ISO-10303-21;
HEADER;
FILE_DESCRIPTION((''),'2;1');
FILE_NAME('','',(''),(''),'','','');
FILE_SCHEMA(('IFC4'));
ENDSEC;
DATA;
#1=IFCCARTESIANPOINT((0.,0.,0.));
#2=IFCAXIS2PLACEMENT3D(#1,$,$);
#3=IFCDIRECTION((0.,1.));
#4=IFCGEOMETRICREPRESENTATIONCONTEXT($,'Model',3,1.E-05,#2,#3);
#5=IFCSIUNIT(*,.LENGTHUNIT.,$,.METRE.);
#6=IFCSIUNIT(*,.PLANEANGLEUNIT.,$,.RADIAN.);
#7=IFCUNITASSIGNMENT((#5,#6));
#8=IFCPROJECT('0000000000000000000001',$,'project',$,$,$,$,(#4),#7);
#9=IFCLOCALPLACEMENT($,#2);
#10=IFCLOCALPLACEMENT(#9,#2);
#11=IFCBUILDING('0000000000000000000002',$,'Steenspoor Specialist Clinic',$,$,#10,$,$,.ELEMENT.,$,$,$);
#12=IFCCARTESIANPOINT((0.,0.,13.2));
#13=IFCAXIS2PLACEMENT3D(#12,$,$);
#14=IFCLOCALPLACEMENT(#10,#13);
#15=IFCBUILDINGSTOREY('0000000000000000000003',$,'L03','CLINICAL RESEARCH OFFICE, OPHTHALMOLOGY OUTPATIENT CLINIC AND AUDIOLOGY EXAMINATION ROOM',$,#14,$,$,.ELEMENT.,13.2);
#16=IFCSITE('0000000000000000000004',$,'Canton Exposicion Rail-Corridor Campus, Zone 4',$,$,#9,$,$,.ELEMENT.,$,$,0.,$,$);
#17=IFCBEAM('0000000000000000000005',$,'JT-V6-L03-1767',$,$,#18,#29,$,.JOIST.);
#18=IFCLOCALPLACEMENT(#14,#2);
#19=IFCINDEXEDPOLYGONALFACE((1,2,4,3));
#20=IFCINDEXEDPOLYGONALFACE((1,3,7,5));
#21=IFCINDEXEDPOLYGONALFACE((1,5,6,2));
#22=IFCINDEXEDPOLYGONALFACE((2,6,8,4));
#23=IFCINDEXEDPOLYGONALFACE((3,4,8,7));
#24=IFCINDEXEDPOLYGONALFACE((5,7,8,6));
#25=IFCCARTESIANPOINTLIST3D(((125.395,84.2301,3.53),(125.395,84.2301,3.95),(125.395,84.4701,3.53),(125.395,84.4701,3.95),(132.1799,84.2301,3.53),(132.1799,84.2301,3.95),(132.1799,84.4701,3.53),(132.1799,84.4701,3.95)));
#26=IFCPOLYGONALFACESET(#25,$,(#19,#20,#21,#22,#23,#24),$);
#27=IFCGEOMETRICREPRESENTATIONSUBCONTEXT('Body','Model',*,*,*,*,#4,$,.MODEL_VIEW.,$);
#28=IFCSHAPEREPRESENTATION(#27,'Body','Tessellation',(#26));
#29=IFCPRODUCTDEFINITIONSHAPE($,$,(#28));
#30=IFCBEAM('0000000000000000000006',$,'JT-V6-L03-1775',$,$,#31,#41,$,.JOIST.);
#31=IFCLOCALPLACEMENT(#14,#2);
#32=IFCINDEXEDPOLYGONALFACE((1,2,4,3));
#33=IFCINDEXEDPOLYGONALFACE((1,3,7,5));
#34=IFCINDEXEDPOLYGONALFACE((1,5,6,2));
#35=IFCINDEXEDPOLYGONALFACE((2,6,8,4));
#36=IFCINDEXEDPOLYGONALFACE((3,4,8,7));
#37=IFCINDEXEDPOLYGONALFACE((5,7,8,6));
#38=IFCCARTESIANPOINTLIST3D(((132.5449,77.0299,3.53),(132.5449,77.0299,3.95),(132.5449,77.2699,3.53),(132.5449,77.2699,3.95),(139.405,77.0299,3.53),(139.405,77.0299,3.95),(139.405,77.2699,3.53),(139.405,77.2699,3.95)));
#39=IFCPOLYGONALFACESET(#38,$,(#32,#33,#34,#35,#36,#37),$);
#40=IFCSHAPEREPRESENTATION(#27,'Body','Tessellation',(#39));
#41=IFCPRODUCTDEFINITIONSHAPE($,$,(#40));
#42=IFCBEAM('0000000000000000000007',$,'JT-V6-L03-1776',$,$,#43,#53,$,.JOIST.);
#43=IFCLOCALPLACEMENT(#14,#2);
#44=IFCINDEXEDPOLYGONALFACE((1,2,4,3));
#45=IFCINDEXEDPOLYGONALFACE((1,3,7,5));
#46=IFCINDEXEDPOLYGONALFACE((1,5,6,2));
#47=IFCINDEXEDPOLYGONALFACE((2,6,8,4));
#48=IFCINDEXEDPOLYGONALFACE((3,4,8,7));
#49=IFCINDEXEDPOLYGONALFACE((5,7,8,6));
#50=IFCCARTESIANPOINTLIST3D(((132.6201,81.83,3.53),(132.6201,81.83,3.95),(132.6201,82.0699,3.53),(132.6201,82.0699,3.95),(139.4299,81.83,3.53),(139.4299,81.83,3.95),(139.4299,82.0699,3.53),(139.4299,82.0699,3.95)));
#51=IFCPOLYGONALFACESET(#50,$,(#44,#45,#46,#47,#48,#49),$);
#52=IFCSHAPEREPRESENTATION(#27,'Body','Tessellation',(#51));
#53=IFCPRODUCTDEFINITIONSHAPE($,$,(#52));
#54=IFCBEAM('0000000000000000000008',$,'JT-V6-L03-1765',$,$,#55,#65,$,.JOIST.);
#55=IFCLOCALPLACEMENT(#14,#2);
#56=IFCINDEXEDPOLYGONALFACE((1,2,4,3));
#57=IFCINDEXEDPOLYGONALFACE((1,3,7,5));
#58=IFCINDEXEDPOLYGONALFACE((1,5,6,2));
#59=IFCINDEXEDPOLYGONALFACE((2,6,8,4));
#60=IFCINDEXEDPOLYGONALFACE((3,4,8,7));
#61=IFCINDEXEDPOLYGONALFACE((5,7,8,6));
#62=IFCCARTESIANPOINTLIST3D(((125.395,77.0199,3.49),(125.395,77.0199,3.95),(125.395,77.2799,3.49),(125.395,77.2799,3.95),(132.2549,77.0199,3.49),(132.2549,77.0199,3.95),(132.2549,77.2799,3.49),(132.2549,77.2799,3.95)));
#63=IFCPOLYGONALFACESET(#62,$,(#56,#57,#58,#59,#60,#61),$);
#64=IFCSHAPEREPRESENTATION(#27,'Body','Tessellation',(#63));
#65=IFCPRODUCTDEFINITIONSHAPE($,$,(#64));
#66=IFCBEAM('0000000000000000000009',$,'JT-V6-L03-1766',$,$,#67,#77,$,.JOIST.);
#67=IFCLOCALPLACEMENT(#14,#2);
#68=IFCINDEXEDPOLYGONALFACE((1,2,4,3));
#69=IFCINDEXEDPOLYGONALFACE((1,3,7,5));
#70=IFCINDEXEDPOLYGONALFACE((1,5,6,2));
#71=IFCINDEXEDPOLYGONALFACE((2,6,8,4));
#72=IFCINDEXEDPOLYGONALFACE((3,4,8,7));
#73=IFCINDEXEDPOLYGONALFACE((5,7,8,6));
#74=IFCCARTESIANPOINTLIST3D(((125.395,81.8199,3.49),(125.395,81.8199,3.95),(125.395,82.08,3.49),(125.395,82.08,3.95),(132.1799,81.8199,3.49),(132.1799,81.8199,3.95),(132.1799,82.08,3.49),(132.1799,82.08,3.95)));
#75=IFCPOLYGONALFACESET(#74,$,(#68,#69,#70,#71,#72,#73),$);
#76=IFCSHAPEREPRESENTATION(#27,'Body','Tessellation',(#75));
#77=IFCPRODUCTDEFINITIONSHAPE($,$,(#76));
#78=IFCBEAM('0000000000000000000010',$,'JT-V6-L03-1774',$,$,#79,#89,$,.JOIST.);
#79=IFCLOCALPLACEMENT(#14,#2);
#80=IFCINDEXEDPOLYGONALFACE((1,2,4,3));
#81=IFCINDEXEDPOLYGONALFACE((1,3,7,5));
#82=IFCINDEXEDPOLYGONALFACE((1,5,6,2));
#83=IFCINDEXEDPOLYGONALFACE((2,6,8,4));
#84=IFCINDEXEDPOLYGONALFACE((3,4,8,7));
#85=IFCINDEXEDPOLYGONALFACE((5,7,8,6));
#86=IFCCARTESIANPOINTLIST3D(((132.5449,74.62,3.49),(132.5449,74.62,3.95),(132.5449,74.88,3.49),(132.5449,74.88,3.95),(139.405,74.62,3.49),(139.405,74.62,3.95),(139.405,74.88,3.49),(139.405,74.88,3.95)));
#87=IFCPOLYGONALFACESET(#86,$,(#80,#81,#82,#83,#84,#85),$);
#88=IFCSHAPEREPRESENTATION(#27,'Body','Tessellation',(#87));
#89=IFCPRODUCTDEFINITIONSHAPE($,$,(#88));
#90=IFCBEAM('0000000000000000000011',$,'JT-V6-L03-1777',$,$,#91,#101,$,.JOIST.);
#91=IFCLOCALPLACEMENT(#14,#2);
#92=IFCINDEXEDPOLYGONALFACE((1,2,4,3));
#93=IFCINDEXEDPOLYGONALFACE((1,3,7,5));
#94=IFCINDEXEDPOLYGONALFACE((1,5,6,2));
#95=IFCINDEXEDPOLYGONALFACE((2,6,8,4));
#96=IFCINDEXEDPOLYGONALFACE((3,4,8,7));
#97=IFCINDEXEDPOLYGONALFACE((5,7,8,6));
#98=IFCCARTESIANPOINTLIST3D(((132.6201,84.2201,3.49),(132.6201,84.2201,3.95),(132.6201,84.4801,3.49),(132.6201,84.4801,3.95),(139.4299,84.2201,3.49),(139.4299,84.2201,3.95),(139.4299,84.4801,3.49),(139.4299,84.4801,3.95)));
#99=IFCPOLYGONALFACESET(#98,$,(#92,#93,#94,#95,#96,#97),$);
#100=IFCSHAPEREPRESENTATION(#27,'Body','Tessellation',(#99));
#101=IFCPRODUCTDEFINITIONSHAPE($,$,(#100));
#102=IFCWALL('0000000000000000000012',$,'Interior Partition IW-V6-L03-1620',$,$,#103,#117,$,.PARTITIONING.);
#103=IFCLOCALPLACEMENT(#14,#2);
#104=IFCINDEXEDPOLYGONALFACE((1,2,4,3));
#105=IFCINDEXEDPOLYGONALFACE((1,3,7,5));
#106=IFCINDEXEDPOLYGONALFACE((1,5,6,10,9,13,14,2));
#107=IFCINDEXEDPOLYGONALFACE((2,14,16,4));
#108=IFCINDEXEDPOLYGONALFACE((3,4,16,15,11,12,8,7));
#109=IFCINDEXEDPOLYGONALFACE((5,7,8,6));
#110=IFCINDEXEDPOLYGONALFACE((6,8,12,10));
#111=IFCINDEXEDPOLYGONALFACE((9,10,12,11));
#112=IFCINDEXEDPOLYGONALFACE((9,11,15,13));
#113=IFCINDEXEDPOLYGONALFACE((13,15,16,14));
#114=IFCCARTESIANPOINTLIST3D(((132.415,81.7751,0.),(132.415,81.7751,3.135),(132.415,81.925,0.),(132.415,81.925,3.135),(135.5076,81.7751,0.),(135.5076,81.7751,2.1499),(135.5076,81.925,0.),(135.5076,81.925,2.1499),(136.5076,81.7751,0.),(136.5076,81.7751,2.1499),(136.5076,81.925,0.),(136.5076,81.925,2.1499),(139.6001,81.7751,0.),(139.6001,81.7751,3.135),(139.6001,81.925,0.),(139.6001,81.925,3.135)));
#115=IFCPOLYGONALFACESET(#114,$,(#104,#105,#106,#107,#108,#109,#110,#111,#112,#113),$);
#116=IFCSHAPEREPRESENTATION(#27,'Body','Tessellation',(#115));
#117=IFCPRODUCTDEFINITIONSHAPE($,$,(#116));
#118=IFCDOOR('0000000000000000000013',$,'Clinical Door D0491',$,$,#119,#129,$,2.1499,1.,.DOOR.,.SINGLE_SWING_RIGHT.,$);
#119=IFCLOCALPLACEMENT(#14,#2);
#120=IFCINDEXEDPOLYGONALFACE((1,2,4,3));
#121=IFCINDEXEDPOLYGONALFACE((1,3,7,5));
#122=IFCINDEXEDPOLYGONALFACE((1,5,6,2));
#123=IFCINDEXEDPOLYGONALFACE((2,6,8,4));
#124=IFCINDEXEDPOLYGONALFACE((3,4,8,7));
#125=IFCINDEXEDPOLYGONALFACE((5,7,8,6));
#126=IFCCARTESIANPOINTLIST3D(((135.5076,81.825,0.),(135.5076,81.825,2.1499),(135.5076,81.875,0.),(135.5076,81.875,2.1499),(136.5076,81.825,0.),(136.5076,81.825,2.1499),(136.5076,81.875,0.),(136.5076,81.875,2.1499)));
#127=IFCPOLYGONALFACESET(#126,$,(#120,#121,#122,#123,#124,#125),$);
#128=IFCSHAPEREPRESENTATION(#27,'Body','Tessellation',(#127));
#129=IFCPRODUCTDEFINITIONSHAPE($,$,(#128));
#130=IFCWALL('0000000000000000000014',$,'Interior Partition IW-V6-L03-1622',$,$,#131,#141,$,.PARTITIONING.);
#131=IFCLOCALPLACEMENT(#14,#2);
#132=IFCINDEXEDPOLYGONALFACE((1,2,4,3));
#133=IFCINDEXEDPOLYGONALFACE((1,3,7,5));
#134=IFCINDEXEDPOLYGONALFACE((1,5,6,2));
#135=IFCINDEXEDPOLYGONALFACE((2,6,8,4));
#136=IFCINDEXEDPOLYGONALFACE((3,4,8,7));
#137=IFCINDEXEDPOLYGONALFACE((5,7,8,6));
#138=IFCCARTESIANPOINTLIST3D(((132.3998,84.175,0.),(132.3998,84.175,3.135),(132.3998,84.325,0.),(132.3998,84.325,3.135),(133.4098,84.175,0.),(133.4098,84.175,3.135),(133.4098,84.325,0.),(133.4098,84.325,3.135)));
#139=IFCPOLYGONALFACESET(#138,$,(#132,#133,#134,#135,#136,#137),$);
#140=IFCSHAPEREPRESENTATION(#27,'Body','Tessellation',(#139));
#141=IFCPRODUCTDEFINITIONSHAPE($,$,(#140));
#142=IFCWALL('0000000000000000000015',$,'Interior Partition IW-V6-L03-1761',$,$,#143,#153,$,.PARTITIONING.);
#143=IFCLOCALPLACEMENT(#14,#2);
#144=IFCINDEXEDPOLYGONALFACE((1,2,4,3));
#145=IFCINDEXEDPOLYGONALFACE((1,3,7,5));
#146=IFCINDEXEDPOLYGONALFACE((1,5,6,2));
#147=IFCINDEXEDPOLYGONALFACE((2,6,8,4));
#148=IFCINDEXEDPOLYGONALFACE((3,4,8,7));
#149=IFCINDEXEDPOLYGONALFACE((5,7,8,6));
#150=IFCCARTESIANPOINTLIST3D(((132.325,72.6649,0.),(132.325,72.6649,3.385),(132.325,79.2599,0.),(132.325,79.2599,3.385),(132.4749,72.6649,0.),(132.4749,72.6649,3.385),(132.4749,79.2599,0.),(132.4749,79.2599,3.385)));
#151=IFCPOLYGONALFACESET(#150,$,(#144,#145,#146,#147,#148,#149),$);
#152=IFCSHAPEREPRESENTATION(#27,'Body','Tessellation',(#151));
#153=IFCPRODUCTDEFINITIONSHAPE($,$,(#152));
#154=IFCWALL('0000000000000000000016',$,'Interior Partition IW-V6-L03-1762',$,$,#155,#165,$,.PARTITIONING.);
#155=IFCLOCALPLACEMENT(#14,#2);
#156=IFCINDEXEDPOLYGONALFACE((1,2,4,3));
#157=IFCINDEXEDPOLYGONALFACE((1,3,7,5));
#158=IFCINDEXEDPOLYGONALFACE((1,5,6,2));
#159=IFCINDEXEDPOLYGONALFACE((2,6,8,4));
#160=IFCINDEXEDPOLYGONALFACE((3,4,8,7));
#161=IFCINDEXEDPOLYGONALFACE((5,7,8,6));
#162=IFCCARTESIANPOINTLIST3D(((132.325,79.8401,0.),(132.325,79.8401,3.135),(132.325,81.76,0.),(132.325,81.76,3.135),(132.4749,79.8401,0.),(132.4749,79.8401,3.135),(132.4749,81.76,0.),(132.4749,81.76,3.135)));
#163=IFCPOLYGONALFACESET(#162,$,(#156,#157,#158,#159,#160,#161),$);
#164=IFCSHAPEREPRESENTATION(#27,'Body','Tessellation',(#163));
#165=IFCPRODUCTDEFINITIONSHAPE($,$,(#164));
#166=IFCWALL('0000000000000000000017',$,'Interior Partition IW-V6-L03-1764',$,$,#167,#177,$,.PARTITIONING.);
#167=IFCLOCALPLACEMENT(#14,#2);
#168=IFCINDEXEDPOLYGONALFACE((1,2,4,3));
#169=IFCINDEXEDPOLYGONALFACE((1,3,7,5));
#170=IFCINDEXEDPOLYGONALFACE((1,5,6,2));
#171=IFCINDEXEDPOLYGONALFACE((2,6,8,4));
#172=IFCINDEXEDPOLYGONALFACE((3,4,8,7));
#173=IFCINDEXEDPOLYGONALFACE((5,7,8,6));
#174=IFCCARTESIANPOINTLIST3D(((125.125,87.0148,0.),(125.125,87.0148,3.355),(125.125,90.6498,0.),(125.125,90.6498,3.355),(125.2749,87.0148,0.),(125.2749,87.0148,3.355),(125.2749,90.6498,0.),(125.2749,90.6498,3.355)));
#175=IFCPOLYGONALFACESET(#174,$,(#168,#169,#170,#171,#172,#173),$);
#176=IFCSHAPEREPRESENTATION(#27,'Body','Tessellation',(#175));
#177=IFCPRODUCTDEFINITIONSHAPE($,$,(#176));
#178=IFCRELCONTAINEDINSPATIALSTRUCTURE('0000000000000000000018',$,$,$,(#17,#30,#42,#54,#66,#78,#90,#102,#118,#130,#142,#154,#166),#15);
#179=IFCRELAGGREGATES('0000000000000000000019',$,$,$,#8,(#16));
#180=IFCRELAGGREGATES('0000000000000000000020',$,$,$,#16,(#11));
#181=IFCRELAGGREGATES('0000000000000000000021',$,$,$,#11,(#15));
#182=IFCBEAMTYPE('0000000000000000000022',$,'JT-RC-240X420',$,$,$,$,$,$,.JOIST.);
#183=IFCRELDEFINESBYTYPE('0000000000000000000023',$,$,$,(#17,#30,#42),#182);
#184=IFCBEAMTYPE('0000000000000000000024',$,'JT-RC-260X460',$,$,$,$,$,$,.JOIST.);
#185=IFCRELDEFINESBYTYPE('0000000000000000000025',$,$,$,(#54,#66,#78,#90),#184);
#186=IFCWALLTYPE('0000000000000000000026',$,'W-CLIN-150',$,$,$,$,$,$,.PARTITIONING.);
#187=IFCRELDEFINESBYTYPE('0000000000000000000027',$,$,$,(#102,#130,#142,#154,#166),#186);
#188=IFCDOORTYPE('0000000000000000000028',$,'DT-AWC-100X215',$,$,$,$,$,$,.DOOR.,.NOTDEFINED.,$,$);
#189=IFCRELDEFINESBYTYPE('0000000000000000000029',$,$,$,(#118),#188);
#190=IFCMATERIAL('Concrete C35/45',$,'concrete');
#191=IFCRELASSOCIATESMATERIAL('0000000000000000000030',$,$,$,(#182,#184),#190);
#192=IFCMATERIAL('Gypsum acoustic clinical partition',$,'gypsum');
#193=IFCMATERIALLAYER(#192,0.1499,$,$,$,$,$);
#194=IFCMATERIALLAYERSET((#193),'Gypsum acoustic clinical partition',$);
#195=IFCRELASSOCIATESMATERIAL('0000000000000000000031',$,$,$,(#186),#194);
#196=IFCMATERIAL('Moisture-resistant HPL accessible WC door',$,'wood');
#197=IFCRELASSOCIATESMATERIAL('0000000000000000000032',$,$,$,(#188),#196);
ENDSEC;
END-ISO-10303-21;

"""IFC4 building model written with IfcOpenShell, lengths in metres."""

from ifc_helpers import new_model, si_unit, direction, frame, frame_2d, origin, origin_2d, place, context, subcontext, project, spatial, rectangle, extrude, material, layer, layer_set, material_profile, profile_set, type_object, element, fill, save


model = new_model("IFC4")

# Units and contexts
model_context = context("Model", 3, precision=1e-05, world=origin(), true_north=direction((0.0, 1.0)))
body_context = subcontext(model_context, "Body", "Model", "MODEL_VIEW")
ifc_project = project(units=[si_unit("LENGTHUNIT", "METRE"), si_unit("PLANEANGLEUNIT", "RADIAN")], contexts=[model_context])

# Site, building, storey
site_placement = place(None, origin())
site = spatial("IfcSite", under=ifc_project, at=site_placement, Name="Canton Exposicion Rail-Corridor Campus, Zone 4", CompositionType="ELEMENT", RefElevation=0.0)
building_placement = place(site_placement, origin())
building = spatial("IfcBuilding", under=site, at=building_placement, Name="Steenspoor Specialist Clinic", CompositionType="ELEMENT")
storey_placement = place(building_placement, frame((0.0, 0.0, 13.2)))
storey = spatial("IfcBuildingStorey", under=building, at=storey_placement, Name="L03", Description="CLINICAL RESEARCH OFFICE, OPHTHALMOLOGY OUTPATIENT CLINIC AND AUDIOLOGY EXAMINATION ROOM", CompositionType="ELEMENT", Elevation=13.2)

# Beams
ifc_material_1 = material(Name="Concrete C35/45", Category="concrete")
ifc_material_profile_1 = material_profile(ifc_material_1, rectangle(XDim=0.24, YDim=0.4199, at=origin_2d()), Name="RC-JT-240X420")
ifc_profile_set_1 = profile_set([ifc_material_profile_1], Name="Concrete C35/45")
beam_type_1 = type_object("IfcBeamType", Name="JT-RC-240X420", PredefinedType="JOIST", material=ifc_profile_set_1)
beam_1_placement = place(storey_placement, frame((125.395, 84.3501, 3.74), z_axis=(1.0, 0.0, 0.0), x_axis=(0.0, 1.0, 0.0)))
element("IfcBeam", 1, at=beam_1_placement, inside=storey, type_object=beam_type_1, Name="JT-V6-L03-1767", PredefinedType="JOIST", context=body_context, shape_type="SweptSolid", body=[
    extrude(rectangle(XDim=0.24, YDim=0.4199, at=origin_2d()), origin(), (0.0, 0.0, 1.0), 6.7849),
])
beam_2_placement = place(storey_placement, frame((132.5449, 77.1499, 3.74), z_axis=(1.0, 0.0, 0.0), x_axis=(0.0, 1.0, 0.0)))
element("IfcBeam", 2, at=beam_2_placement, inside=storey, type_object=beam_type_1, Name="JT-V6-L03-1775", PredefinedType="JOIST", context=body_context, shape_type="SweptSolid", body=[
    extrude(rectangle(XDim=0.24, YDim=0.4199, at=origin_2d()), origin(), (0.0, 0.0, 1.0), 6.8601),
])
beam_3_placement = place(storey_placement, frame((132.6201, 81.95, 3.74), z_axis=(1.0, 0.0, 0.0), x_axis=(0.0, 1.0, 0.0)))
element("IfcBeam", 3, at=beam_3_placement, inside=storey, type_object=beam_type_1, Name="JT-V6-L03-1776", PredefinedType="JOIST", context=body_context, shape_type="SweptSolid", body=[
    extrude(rectangle(XDim=0.24, YDim=0.4199, at=origin_2d()), origin(), (0.0, 0.0, 1.0), 6.8098),
])
ifc_material_profile_2 = material_profile(ifc_material_1, rectangle(XDim=0.26, YDim=0.46, at=origin_2d()), Name="RC-JT-260X460")
ifc_profile_set_2 = profile_set([ifc_material_profile_2], Name="Concrete C35/45")
beam_type_2 = type_object("IfcBeamType", Name="JT-RC-260X460", PredefinedType="JOIST", material=ifc_profile_set_2)
beam_4_placement = place(storey_placement, frame((125.395, 77.1499, 3.72), z_axis=(1.0, 0.0, 0.0), x_axis=(0.0, 1.0, 0.0)))
element("IfcBeam", 4, at=beam_4_placement, inside=storey, type_object=beam_type_2, Name="JT-V6-L03-1765", PredefinedType="JOIST", context=body_context, shape_type="SweptSolid", body=[
    extrude(rectangle(XDim=0.26, YDim=0.46, at=origin_2d()), origin(), (0.0, 0.0, 1.0), 6.8599),
])
beam_5_placement = place(storey_placement, frame((125.395, 81.95, 3.72), z_axis=(1.0, 0.0, 0.0), x_axis=(0.0, 1.0, 0.0)))
element("IfcBeam", 5, at=beam_5_placement, inside=storey, type_object=beam_type_2, Name="JT-V6-L03-1766", PredefinedType="JOIST", context=body_context, shape_type="SweptSolid", body=[
    extrude(rectangle(XDim=0.26, YDim=0.46, at=origin_2d()), origin(), (0.0, 0.0, 1.0), 6.7849),
])
beam_6_placement = place(storey_placement, frame((132.5449, 74.75, 3.72), z_axis=(1.0, 0.0, 0.0), x_axis=(0.0, 1.0, 0.0)))
element("IfcBeam", 6, at=beam_6_placement, inside=storey, type_object=beam_type_2, Name="JT-V6-L03-1774", PredefinedType="JOIST", context=body_context, shape_type="SweptSolid", body=[
    extrude(rectangle(XDim=0.26, YDim=0.46, at=origin_2d()), origin(), (0.0, 0.0, 1.0), 6.8601),
])
beam_7_placement = place(storey_placement, frame((132.6201, 84.3501, 3.72), z_axis=(1.0, 0.0, 0.0), x_axis=(0.0, 1.0, 0.0)))
element("IfcBeam", 7, at=beam_7_placement, inside=storey, type_object=beam_type_2, Name="JT-V6-L03-1777", PredefinedType="JOIST", context=body_context, shape_type="SweptSolid", body=[
    extrude(rectangle(XDim=0.26, YDim=0.46, at=origin_2d()), origin(), (0.0, 0.0, 1.0), 6.8098),
])

# Wall, opening, door
ifc_material_2 = material(Name="Gypsum acoustic clinical partition", Category="gypsum")
ifc_layer_1 = layer(ifc_material_2, 0.1499)
ifc_layer_set_1 = layer_set([ifc_layer_1], Name="Gypsum acoustic clinical partition")
wall_type_1 = type_object("IfcWallType", Name="W-CLIN-150", PredefinedType="PARTITIONING", material=ifc_layer_set_1)
wall_1_placement = place(storey_placement, frame((132.415, 81.8501, 0.0), z_axis=(0.0, 0.0, 1.0), x_axis=(1.0, 0.0, 0.0)))
wall_1 = element("IfcWall", 8, at=wall_1_placement, inside=storey, type_object=wall_type_1, Name="Interior Partition IW-V6-L03-1620", PredefinedType="PARTITIONING", context=body_context, shape_type="SweptSolid", body=[
    extrude(rectangle(XDim=7.1851, YDim=0.1499, at=frame_2d((3.5925, 0.0))), origin(), (0.0, 0.0, 1.0), 3.135),
])
opening_1_placement = place(wall_1_placement, frame((3.0925, 0.0, 0.0)))
opening_1 = element("IfcOpeningElement", 9, at=opening_1_placement, cuts=wall_1, PredefinedType="OPENING", context=body_context, shape_type="SweptSolid", body=[
    extrude(rectangle(XDim=1.0, YDim=2.1499, at=frame_2d((0.5, 1.075))), frame((0.0, 0.085, 0.0), z_axis=(0.0, -1.0, 0.0), x_axis=(1.0, 0.0, 0.0)), (0.0, 0.0, 1.0), 0.1699),
])
ifc_material_3 = material(Name="Moisture-resistant HPL accessible WC door", Category="wood")
door_type_1 = type_object("IfcDoorType", Name="DT-AWC-100X215", OperationType="NOTDEFINED", PredefinedType="DOOR", material=ifc_material_3)
door_1_placement = place(opening_1_placement, origin())
door_1 = element("IfcDoor", 10, at=door_1_placement, inside=storey, type_object=door_type_1, Name="Clinical Door D0491", OperationType="SINGLE_SWING_RIGHT", OverallHeight=2.1499, OverallWidth=1.0, PredefinedType="DOOR", context=body_context, shape_type="SweptSolid", body=[
    extrude(rectangle(XDim=1.0, YDim=2.1499, at=frame_2d((0.5, 1.075))), frame((0.0, 0.0249, 0.0), z_axis=(0.0, -1.0, 0.0), x_axis=(1.0, 0.0, 0.0)), (0.0, 0.0, 1.0), 0.05),
])
fill(opening_1, door_1)

# Walls
wall_2_placement = place(storey_placement, frame((132.3999, 84.25, 0.0), z_axis=(0.0, 0.0, 1.0), x_axis=(1.0, 0.0, 0.0)))
element("IfcWall", 11, at=wall_2_placement, inside=storey, type_object=wall_type_1, Name="Interior Partition IW-V6-L03-1622", PredefinedType="PARTITIONING", context=body_context, shape_type="SweptSolid", body=[
    extrude(rectangle(XDim=1.01, YDim=0.1499, at=frame_2d((0.5049, 0.0))), origin(), (0.0, 0.0, 1.0), 3.135),
])
wall_3_placement = place(storey_placement, frame((132.3999, 72.665, 0.0), z_axis=(0.0, 0.0, 1.0), x_axis=(0.0, 1.0, 0.0)))
element("IfcWall", 12, at=wall_3_placement, inside=storey, type_object=wall_type_1, Name="Interior Partition IW-V6-L03-1761", PredefinedType="PARTITIONING", context=body_context, shape_type="SweptSolid", body=[
    extrude(rectangle(XDim=6.595, YDim=0.1499, at=frame_2d((3.2974, 0.0))), origin(), (0.0, 0.0, 1.0), 3.385),
])
wall_4_placement = place(storey_placement, frame((132.3999, 79.8401, 0.0), z_axis=(0.0, 0.0, 1.0), x_axis=(0.0, 1.0, 0.0)))
element("IfcWall", 13, at=wall_4_placement, inside=storey, type_object=wall_type_1, Name="Interior Partition IW-V6-L03-1762", PredefinedType="PARTITIONING", context=body_context, shape_type="SweptSolid", body=[
    extrude(rectangle(XDim=1.9199, YDim=0.1499, at=frame_2d((0.96, 0.0))), origin(), (0.0, 0.0, 1.0), 3.135),
])
wall_5_placement = place(storey_placement, frame((125.2, 87.0149, 0.0), z_axis=(0.0, 0.0, 1.0), x_axis=(0.0, 1.0, 0.0)))
element("IfcWall", 14, at=wall_5_placement, inside=storey, type_object=wall_type_1, Name="Interior Partition IW-V6-L03-1764", PredefinedType="PARTITIONING", context=body_context, shape_type="SweptSolid", body=[
    extrude(rectangle(XDim=3.635, YDim=0.1499, at=frame_2d((1.8174, 0.0))), origin(), (0.0, 0.0, 1.0), 3.355),
])

save(model, "model.ifc")
